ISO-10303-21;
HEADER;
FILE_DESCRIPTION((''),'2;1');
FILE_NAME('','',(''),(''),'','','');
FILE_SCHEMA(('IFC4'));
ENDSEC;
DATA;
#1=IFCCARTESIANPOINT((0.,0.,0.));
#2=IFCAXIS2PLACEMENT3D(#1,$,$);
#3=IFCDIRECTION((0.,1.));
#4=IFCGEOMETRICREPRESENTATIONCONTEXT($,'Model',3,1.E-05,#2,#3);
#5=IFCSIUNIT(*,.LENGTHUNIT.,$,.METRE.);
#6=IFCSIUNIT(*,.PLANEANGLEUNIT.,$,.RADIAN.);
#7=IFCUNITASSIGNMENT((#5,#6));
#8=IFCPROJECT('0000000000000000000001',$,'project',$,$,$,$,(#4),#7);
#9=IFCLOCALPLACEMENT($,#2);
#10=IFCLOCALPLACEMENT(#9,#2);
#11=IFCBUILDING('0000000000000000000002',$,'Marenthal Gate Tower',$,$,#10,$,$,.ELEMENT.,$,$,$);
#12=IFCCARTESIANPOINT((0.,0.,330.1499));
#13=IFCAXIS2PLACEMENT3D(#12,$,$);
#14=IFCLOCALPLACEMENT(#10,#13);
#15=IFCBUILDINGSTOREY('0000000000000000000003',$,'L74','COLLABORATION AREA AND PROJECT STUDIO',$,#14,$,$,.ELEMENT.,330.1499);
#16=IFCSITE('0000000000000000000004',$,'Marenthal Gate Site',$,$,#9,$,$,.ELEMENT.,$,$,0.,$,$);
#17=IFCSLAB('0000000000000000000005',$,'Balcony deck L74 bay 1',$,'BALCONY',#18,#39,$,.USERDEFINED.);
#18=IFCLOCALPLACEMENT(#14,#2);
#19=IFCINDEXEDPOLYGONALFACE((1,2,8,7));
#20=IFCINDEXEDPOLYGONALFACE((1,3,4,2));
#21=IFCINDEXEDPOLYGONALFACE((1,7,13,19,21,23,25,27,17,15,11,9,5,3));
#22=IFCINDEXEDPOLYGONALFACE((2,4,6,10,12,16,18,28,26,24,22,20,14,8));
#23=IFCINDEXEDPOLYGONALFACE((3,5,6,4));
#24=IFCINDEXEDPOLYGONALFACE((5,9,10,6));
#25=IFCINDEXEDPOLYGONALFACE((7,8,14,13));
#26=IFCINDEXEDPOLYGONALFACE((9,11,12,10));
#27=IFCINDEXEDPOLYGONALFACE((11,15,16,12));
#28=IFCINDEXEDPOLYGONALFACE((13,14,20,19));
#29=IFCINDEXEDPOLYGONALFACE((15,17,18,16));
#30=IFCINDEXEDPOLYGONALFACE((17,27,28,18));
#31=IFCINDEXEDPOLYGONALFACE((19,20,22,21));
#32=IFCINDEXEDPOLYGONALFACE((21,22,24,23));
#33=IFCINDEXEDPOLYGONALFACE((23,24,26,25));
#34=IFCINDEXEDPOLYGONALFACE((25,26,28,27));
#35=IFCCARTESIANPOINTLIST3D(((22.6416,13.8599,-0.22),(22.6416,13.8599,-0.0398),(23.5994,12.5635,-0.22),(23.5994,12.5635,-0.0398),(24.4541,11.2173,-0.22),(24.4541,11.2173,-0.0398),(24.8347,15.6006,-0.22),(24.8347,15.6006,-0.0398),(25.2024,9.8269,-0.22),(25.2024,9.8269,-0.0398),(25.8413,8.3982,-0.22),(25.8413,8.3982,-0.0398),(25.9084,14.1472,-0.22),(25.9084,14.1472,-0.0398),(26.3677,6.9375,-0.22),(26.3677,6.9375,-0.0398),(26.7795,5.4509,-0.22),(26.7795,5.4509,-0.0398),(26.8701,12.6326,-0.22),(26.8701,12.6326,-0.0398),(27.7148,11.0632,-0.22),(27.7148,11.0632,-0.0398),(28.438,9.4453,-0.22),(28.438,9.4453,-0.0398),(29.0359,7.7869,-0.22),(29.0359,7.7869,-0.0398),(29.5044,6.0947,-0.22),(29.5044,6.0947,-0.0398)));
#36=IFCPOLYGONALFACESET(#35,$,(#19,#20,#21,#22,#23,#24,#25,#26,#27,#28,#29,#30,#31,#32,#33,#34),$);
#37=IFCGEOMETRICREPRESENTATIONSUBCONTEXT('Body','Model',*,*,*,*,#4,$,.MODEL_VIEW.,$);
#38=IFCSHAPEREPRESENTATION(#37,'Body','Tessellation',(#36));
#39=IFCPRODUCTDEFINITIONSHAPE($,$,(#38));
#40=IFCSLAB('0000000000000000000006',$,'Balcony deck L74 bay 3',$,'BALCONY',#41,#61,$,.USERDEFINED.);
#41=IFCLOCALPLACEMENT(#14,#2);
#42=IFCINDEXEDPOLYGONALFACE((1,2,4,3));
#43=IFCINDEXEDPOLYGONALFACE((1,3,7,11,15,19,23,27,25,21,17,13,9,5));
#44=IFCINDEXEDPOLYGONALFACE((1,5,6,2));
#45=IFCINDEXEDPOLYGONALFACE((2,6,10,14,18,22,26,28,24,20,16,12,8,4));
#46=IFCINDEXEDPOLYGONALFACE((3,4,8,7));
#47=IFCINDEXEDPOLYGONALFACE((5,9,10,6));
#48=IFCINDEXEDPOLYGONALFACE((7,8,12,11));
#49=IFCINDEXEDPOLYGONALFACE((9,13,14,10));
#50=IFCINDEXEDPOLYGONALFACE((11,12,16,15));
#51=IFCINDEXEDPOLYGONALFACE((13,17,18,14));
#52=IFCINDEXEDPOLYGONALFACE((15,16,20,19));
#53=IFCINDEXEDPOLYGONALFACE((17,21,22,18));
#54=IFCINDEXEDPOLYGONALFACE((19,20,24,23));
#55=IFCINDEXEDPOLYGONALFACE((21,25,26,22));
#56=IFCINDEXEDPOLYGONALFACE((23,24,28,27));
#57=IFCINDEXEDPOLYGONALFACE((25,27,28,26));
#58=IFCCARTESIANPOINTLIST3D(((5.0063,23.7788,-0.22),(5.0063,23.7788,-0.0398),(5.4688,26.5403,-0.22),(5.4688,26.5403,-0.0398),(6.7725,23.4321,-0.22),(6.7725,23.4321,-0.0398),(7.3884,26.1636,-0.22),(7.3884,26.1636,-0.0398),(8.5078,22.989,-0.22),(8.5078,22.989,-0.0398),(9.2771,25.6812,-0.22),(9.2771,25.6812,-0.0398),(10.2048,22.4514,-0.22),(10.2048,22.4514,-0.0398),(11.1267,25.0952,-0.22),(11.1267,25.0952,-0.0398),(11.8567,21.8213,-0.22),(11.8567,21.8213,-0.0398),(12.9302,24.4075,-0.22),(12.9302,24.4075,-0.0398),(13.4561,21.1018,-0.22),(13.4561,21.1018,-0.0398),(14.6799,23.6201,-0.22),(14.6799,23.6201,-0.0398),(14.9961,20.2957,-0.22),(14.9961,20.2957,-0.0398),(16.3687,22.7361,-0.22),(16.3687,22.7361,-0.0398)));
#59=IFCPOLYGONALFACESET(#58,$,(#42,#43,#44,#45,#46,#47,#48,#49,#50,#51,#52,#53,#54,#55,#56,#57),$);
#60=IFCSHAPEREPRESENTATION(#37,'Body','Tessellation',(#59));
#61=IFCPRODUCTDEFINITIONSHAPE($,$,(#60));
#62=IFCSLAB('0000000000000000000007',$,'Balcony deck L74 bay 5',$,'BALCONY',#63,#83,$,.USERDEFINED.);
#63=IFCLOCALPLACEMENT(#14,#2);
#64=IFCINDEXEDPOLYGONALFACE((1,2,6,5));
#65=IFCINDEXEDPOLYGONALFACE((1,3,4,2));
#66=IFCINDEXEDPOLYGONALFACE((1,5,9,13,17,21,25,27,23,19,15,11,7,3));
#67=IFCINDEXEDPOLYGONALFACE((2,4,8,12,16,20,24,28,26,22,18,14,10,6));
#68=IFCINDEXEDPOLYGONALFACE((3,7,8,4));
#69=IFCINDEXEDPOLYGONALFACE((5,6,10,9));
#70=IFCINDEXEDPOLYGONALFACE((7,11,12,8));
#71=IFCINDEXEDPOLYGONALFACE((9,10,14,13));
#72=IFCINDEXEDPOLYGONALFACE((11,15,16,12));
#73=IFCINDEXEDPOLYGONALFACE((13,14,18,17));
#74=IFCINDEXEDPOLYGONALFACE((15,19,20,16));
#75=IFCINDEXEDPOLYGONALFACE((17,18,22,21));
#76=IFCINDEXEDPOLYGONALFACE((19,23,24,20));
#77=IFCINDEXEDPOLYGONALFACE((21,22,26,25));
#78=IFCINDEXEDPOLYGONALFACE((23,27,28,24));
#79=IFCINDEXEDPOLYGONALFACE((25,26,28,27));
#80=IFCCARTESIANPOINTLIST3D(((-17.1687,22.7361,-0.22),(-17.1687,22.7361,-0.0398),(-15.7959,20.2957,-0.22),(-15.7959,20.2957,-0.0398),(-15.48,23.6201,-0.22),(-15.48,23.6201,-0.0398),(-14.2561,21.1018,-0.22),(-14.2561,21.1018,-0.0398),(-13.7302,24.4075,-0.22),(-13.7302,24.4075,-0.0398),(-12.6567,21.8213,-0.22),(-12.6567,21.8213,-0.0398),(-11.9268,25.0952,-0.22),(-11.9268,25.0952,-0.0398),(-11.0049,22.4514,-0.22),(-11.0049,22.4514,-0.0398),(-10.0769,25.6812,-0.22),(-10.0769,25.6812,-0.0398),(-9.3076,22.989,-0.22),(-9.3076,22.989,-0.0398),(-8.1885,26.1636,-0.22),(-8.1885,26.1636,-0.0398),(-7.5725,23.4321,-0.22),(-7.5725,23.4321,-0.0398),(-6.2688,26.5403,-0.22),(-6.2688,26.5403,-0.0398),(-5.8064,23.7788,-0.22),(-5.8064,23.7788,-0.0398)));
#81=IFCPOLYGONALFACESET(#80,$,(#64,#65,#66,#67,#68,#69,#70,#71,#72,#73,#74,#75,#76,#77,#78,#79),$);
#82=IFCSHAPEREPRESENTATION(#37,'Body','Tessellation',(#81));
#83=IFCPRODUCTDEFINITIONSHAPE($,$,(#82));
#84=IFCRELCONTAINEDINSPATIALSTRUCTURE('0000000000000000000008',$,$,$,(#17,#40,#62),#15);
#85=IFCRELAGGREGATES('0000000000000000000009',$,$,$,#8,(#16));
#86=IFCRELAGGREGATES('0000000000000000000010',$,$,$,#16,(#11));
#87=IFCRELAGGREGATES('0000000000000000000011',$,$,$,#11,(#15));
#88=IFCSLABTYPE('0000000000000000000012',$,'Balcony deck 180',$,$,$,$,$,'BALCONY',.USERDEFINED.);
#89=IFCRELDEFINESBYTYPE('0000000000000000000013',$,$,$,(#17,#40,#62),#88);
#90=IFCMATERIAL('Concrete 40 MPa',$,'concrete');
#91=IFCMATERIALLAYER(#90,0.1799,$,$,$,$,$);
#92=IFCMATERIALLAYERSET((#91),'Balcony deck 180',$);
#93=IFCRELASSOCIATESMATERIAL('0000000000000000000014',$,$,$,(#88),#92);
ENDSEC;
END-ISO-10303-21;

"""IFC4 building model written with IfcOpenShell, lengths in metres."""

from ifc_helpers import new_model, si_unit, direction, frame, origin, place, context, subcontext, project, spatial, polyline, outline, extrude, material, layer, layer_set, type_object, element, save


model = new_model("IFC4")

# Units and contexts
model_context = context("Model", 3, precision=1e-05, world=origin(), true_north=direction((0.0, 1.0)))
body_context = subcontext(model_context, "Body", "Model", "MODEL_VIEW")
ifc_project = project(units=[si_unit("LENGTHUNIT", "METRE"), si_unit("PLANEANGLEUNIT", "RADIAN")], contexts=[model_context])

# Site, building, storey
site_placement = place(None, origin())
site = spatial("IfcSite", under=ifc_project, at=site_placement, Name="Marenthal Gate Site", CompositionType="ELEMENT", RefElevation=0.0)
building_placement = place(site_placement, origin())
building = spatial("IfcBuilding", under=site, at=building_placement, Name="Marenthal Gate Tower", CompositionType="ELEMENT")
storey_placement = place(building_placement, frame((0.0, 0.0, 330.1499)))
storey = spatial("IfcBuildingStorey", under=building, at=storey_placement, Name="L74", Description="COLLABORATION AREA AND PROJECT STUDIO", CompositionType="ELEMENT", Elevation=330.1499)

# Slabs
ifc_material_1 = material(Name="Concrete 40 MPa", Category="concrete")
ifc_layer_1 = layer(ifc_material_1, 0.1799)
ifc_layer_set_1 = layer_set([ifc_layer_1], Name="Balcony deck 180")
slab_type_1 = type_object("IfcSlabType", Name="Balcony deck 180", ElementType="BALCONY", PredefinedType="USERDEFINED", material=ifc_layer_set_1)
slab_1_placement = place(storey_placement, frame((0.0, 0.0, -0.22)))
element("IfcSlab", 1, at=slab_1_placement, inside=storey, type_object=slab_type_1, Name="Balcony deck L74 bay 1", ObjectType="BALCONY", PredefinedType="USERDEFINED", context=body_context, shape_type="SweptSolid", body=[
    extrude(outline(polyline([(26.7795, 5.4509), (26.3677, 6.9375), (25.8413, 8.3982), (25.2024, 9.8269), (24.4541, 11.2173), (23.5994, 12.5635), (22.6416, 13.8599), (24.8347, 15.6006), (25.9084, 14.1472), (26.8701, 12.6326), (27.7148, 11.0632), (28.438, 9.4453), (29.0359, 7.7869), (29.5044, 6.0947), (26.7795, 5.4509)])), origin(), (0.0, 0.0, 1.0), 0.1802),
])
slab_2_placement = place(storey_placement, frame((0.0, 0.0, -0.22)))
element("IfcSlab", 2, at=slab_2_placement, inside=storey, type_object=slab_type_1, Name="Balcony deck L74 bay 3", ObjectType="BALCONY", PredefinedType="USERDEFINED", context=body_context, shape_type="SweptSolid", body=[
    extrude(outline(polyline([(14.9961, 20.2957), (13.4561, 21.1018), (11.8567, 21.8213), (10.2048, 22.4514), (8.5078, 22.989), (6.7725, 23.4321), (5.0063, 23.7788), (5.4688, 26.5403), (7.3884, 26.1636), (9.2771, 25.6812), (11.1267, 25.0952), (12.9302, 24.4075), (14.6799, 23.6201), (16.3687, 22.7361), (14.9961, 20.2957)])), origin(), (0.0, 0.0, 1.0), 0.1802),
])
slab_3_placement = place(storey_placement, frame((0.0, 0.0, -0.22)))
element("IfcSlab", 3, at=slab_3_placement, inside=storey, type_object=slab_type_1, Name="Balcony deck L74 bay 5", ObjectType="BALCONY", PredefinedType="USERDEFINED", context=body_context, shape_type="SweptSolid", body=[
    extrude(outline(polyline([(-5.8064, 23.7788), (-7.5725, 23.4321), (-9.3076, 22.989), (-11.0049, 22.4514), (-12.6567, 21.8213), (-14.2561, 21.1018), (-15.7959, 20.2957), (-17.1687, 22.7361), (-15.48, 23.6201), (-13.7302, 24.4075), (-11.9268, 25.0952), (-10.0769, 25.6812), (-8.1885, 26.1636), (-6.2688, 26.5403), (-5.8064, 23.7788)])), origin(), (0.0, 0.0, 1.0), 0.1802),
])

save(model, "model.ifc")
